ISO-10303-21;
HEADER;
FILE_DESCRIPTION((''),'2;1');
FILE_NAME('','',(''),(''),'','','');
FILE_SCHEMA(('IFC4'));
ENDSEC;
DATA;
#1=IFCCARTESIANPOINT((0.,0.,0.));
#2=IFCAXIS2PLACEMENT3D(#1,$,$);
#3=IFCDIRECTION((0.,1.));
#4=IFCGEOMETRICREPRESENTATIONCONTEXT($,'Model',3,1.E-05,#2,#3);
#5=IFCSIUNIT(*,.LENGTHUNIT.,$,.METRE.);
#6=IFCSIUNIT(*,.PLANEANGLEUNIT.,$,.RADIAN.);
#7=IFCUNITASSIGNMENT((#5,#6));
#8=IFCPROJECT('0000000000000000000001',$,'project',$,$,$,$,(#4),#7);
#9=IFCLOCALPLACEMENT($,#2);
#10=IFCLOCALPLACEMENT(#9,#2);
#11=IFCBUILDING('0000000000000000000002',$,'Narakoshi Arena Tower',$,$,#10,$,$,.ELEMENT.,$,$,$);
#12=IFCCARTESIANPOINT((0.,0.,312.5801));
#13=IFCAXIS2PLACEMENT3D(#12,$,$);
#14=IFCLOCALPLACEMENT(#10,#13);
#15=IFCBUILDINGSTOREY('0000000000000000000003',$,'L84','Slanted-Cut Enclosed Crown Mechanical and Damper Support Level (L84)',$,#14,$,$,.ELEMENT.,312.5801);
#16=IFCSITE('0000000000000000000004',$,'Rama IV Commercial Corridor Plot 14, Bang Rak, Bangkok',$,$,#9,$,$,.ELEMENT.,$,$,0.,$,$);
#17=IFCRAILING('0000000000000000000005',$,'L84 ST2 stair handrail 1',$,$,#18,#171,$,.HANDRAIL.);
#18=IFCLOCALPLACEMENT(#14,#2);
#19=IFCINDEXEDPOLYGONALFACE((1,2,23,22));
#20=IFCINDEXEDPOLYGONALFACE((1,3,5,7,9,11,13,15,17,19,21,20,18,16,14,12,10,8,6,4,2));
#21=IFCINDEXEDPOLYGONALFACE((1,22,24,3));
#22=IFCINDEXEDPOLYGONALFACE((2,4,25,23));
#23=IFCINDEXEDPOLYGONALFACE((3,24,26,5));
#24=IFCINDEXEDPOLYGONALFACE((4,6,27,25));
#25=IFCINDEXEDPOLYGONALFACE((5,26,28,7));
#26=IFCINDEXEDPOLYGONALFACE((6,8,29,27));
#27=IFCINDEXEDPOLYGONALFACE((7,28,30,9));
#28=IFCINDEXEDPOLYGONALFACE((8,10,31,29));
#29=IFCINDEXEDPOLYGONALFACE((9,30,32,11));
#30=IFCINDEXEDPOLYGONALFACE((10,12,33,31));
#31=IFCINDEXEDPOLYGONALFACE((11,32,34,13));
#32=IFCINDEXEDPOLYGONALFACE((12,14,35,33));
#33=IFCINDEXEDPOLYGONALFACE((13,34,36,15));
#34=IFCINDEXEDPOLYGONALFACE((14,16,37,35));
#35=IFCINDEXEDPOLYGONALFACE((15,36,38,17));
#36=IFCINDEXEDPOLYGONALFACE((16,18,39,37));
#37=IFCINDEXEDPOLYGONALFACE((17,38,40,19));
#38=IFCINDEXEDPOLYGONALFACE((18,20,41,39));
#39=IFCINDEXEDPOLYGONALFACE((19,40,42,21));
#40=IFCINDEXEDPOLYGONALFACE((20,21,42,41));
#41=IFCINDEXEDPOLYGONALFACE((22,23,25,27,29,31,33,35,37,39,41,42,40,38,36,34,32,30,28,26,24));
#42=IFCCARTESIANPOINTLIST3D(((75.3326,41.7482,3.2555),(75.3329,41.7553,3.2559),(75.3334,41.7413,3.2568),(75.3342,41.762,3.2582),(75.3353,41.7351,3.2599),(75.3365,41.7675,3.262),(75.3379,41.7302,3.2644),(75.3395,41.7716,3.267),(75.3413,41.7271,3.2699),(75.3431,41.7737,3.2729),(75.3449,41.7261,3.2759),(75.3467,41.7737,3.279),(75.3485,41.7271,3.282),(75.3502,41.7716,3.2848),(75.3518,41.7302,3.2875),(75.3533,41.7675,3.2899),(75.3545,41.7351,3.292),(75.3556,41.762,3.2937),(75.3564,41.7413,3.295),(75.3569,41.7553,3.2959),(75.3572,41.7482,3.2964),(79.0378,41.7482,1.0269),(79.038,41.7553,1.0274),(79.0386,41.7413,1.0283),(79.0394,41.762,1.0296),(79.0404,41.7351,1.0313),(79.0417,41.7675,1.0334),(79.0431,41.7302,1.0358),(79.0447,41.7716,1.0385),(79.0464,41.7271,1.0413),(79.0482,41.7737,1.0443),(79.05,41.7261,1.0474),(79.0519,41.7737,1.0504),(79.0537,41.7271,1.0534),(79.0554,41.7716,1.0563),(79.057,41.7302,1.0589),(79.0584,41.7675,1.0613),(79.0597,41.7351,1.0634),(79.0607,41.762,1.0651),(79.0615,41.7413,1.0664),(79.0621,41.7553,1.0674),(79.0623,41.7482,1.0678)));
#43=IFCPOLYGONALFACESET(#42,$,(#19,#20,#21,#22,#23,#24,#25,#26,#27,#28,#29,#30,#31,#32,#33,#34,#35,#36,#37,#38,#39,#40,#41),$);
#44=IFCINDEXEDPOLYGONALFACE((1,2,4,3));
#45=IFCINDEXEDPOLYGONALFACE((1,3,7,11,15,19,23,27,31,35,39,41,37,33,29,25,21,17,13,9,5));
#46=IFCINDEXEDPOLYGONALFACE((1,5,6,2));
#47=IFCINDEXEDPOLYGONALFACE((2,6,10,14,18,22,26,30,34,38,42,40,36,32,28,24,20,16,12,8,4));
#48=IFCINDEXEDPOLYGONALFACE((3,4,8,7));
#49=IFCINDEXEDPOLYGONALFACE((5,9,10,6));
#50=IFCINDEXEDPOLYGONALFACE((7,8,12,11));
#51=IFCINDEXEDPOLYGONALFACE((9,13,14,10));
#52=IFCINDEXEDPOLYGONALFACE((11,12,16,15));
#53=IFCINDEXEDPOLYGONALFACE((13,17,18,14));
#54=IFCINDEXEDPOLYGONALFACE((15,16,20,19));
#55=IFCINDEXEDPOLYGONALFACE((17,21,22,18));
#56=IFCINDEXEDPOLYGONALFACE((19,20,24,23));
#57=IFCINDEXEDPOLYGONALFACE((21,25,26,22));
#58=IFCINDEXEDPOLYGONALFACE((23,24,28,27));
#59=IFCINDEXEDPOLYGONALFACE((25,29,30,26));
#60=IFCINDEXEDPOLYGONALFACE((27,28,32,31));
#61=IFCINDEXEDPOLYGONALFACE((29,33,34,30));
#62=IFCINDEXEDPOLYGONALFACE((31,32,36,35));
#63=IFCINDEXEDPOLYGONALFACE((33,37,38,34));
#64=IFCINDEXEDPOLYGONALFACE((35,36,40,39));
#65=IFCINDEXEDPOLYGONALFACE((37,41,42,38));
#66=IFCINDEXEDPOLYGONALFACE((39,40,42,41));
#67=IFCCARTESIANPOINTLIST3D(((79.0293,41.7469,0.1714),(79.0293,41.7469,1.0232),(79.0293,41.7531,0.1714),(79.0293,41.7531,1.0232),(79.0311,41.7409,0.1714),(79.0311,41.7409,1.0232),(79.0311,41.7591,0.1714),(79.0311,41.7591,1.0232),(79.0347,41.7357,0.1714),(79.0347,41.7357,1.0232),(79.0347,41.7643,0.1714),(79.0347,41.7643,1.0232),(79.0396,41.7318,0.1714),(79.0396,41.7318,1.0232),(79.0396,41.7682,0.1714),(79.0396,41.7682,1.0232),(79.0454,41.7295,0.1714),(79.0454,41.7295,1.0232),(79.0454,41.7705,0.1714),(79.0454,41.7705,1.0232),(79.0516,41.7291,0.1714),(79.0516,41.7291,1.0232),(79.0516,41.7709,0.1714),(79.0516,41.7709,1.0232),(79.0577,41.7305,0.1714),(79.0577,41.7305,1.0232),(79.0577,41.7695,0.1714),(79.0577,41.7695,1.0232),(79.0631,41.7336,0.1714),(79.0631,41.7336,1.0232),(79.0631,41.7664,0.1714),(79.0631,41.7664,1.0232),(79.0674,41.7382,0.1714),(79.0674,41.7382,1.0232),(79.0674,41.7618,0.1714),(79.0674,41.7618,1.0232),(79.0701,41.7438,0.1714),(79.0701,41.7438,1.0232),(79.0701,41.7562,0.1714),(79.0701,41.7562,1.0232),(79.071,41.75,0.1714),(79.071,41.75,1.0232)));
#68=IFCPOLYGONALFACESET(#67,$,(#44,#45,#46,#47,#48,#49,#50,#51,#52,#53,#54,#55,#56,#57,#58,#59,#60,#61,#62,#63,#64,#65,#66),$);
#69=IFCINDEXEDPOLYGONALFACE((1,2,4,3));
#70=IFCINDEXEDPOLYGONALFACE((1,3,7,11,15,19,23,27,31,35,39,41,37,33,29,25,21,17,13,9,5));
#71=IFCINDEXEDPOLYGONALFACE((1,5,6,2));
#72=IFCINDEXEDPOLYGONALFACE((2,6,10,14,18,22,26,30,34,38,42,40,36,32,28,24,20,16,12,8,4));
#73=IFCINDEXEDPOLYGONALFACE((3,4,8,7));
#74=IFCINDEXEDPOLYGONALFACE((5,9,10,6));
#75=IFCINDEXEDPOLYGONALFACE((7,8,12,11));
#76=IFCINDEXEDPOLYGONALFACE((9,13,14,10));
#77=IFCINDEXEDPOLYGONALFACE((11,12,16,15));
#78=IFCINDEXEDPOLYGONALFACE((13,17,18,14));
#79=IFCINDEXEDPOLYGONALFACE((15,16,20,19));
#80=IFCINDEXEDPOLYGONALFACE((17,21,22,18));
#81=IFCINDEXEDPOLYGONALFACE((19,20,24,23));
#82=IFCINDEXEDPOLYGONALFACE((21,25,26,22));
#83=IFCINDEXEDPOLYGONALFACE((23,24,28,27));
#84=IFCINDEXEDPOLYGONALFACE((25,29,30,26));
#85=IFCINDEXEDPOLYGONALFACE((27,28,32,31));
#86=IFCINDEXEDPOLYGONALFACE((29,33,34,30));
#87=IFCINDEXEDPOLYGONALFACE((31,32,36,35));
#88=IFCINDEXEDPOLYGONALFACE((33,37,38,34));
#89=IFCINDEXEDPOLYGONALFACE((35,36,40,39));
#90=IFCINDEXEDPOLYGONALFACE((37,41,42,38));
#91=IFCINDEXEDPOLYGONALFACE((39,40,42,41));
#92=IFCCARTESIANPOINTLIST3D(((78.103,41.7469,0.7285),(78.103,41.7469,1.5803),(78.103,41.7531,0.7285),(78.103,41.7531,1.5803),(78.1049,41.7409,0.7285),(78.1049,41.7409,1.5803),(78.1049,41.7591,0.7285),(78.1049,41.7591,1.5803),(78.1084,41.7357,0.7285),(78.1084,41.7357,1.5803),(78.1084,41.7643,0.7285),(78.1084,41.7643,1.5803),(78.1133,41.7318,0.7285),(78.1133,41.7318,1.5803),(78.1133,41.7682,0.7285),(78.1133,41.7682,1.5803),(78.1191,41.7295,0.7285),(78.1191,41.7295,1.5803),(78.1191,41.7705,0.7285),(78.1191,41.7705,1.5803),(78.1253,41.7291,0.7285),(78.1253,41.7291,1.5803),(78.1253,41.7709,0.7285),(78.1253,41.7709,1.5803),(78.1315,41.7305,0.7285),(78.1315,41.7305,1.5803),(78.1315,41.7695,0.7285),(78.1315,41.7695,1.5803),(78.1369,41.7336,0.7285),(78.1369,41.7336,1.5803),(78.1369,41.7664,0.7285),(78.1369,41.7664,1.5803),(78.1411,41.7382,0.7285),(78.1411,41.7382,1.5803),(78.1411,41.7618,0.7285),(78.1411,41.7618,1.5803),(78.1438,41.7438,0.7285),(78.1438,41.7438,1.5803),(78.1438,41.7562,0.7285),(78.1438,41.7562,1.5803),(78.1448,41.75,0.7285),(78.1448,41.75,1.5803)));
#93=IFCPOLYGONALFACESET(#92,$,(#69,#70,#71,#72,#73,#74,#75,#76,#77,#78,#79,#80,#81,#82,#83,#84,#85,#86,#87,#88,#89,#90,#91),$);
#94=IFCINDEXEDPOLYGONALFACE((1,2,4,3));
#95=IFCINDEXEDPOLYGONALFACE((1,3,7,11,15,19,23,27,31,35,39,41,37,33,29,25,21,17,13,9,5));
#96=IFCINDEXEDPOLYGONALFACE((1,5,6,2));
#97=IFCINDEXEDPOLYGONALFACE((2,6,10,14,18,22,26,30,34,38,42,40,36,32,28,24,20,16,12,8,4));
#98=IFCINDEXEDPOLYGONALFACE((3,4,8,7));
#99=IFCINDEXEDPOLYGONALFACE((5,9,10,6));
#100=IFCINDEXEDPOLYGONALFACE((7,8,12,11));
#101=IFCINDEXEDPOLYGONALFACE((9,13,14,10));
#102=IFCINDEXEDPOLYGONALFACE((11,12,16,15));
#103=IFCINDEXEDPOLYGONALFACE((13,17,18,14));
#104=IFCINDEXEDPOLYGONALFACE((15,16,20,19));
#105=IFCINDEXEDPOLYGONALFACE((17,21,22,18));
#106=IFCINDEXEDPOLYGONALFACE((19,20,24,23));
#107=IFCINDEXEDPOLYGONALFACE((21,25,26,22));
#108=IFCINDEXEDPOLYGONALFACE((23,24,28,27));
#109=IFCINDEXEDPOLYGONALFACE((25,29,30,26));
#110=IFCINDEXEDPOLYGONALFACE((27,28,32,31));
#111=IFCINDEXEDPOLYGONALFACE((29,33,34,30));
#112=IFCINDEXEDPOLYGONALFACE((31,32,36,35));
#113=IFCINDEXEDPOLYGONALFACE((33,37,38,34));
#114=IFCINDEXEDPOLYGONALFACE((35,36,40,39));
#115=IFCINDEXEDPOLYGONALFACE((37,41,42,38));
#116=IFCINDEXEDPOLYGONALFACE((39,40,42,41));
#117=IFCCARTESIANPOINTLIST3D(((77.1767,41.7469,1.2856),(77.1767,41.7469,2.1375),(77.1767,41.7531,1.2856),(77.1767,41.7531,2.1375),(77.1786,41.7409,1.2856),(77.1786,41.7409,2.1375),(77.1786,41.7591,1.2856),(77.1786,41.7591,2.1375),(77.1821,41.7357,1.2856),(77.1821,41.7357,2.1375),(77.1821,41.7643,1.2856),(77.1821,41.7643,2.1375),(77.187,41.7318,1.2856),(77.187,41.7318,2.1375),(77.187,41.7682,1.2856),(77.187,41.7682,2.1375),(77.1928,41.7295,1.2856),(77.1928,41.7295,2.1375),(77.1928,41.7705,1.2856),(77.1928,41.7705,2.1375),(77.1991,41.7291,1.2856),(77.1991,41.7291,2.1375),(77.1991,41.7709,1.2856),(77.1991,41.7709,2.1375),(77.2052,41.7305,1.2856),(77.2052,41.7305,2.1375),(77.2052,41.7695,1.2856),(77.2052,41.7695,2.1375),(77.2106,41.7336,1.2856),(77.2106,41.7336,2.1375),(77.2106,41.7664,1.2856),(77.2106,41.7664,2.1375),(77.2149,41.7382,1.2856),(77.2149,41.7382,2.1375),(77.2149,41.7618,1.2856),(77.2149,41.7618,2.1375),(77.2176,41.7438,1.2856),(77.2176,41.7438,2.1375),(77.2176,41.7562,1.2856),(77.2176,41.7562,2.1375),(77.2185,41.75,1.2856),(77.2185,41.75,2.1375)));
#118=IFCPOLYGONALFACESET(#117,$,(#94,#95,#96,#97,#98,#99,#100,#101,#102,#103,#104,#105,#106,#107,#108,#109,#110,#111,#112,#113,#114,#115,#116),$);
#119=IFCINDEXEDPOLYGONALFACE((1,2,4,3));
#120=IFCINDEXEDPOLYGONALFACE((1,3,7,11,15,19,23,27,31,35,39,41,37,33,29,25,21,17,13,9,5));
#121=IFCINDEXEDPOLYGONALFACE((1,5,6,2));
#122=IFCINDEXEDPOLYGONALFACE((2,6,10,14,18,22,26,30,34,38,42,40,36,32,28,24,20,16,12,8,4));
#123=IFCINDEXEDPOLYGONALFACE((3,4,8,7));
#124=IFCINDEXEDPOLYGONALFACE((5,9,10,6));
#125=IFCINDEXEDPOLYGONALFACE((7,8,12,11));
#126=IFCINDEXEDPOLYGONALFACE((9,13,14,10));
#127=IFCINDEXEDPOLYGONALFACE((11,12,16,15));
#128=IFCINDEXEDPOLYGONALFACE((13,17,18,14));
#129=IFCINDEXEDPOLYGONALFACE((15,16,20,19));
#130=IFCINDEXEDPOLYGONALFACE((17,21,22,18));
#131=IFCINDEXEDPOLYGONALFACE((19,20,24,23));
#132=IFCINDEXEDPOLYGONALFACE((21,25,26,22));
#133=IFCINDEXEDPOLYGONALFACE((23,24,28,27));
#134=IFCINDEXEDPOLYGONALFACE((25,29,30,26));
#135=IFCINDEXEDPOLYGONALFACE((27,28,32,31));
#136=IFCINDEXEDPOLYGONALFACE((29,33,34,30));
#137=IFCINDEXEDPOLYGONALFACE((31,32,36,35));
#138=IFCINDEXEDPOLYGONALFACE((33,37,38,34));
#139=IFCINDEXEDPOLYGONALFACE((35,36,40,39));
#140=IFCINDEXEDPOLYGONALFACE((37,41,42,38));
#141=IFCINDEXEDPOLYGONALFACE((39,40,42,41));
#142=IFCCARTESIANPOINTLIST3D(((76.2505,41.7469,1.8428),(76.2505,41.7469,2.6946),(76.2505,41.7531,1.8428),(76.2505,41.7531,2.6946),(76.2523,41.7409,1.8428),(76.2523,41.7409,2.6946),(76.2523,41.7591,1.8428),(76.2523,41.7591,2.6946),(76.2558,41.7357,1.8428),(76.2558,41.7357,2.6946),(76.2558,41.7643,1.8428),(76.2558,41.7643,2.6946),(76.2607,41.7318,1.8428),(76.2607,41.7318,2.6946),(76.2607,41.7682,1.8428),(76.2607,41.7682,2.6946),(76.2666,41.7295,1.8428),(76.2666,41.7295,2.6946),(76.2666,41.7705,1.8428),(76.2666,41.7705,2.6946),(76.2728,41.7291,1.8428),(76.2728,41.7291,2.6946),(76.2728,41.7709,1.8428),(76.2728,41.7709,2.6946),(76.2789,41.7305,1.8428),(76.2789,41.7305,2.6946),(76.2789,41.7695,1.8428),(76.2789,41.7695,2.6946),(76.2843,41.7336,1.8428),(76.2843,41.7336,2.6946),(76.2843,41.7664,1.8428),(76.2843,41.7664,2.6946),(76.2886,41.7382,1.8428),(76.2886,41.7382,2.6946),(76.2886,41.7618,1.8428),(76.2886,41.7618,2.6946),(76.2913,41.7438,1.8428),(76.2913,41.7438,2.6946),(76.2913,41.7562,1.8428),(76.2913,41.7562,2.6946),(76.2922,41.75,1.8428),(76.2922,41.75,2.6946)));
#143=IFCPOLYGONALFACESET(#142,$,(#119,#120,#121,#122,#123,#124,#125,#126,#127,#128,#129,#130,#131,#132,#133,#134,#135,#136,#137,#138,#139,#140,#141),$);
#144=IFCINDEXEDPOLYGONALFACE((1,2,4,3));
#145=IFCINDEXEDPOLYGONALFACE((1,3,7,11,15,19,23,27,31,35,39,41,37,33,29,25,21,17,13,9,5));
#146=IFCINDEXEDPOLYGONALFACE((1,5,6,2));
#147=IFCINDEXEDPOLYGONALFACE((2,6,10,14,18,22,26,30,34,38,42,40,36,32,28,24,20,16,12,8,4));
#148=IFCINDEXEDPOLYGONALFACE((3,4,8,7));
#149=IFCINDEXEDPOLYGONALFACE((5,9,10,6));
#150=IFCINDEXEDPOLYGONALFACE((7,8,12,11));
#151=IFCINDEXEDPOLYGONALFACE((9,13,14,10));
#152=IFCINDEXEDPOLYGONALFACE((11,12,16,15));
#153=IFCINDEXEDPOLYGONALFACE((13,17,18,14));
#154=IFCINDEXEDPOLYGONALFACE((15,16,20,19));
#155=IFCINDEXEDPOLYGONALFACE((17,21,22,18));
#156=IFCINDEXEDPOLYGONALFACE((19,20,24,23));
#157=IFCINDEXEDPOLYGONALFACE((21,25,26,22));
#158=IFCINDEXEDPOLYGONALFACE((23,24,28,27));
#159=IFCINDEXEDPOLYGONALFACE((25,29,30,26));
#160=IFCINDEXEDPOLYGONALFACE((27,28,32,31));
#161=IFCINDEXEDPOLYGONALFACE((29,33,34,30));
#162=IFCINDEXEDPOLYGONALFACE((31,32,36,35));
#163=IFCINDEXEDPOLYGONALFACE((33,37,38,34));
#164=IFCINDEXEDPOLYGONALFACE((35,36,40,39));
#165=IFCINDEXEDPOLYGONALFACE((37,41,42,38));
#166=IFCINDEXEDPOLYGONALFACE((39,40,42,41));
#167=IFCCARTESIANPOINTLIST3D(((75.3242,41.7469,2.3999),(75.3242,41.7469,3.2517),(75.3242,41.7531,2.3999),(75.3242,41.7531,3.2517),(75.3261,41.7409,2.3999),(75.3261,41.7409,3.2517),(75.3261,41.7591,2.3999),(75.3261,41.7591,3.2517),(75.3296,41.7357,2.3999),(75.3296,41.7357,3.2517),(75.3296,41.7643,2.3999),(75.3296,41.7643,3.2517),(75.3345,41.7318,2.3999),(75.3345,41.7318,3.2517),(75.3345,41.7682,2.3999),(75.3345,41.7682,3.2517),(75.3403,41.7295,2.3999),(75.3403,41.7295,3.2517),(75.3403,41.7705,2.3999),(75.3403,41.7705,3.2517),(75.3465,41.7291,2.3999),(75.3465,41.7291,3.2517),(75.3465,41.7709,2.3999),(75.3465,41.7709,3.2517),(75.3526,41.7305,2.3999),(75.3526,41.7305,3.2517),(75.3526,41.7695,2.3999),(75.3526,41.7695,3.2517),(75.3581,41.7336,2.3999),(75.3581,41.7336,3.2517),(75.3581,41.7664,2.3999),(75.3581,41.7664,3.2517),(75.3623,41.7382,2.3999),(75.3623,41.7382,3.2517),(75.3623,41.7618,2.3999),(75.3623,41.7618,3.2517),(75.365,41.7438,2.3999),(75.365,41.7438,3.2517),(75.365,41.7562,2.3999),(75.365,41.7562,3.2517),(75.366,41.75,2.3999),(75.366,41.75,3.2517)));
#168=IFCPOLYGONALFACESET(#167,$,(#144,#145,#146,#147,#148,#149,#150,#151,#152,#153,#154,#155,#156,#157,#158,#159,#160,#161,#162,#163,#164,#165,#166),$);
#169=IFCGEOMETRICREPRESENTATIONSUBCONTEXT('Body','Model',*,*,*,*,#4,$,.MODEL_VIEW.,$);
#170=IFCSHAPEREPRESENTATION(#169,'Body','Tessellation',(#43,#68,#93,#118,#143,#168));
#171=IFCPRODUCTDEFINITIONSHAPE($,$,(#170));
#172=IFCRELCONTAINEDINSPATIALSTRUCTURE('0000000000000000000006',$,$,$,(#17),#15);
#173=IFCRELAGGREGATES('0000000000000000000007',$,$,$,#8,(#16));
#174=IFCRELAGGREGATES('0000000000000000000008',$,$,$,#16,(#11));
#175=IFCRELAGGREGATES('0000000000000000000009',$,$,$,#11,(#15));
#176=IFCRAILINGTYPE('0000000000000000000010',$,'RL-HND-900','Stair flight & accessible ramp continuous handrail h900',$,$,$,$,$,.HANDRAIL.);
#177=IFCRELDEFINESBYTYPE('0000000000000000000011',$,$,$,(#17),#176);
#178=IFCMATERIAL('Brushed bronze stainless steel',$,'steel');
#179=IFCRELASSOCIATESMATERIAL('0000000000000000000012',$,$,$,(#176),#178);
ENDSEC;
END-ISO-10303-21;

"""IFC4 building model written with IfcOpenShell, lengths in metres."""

from ifc_helpers import new_model, si_unit, direction, frame, origin, origin_2d, place, context, subcontext, project, spatial, circle, extrude, material, type_object, element, save


model = new_model("IFC4")

# Units and contexts
model_context = context("Model", 3, precision=1e-05, world=origin(), true_north=direction((0.0, 1.0)))
body_context = subcontext(model_context, "Body", "Model", "MODEL_VIEW")
ifc_project = project(units=[si_unit("LENGTHUNIT", "METRE"), si_unit("PLANEANGLEUNIT", "RADIAN")], contexts=[model_context])

# Site, building, storey
site_placement = place(None, origin())
site = spatial("IfcSite", under=ifc_project, at=site_placement, Name="Rama IV Commercial Corridor Plot 14, Bang Rak, Bangkok", CompositionType="ELEMENT", RefElevation=0.0)
building_placement = place(site_placement, origin())
building = spatial("IfcBuilding", under=site, at=building_placement, Name="Narakoshi Arena Tower", CompositionType="ELEMENT")
storey_placement = place(building_placement, frame((0.0, 0.0, 312.5801)))
storey = spatial("IfcBuildingStorey", under=building, at=storey_placement, Name="L84", Description="Slanted-Cut Enclosed Crown Mechanical and Damper Support Level (L84)", CompositionType="ELEMENT", Elevation=312.5801)

# Railing
ifc_material_1 = material(Name="Brushed bronze stainless steel", Category="steel")
railing_type = type_object("IfcRailingType", Name="RL-HND-900", Description="Stair flight & accessible ramp continuous handrail h900", PredefinedType="HANDRAIL", material=ifc_material_1)
railing_placement = place(storey_placement, frame((79.05, 41.75, 0.1714)))
element("IfcRailing", 1, at=railing_placement, inside=storey, type_object=railing_type, Name="L84 ST2 stair handrail 1", PredefinedType="HANDRAIL", context=body_context, shape_type="SweptSolid", body=[
    extrude(circle(Radius=0.0239, at=origin_2d()), frame((0.0, 0.0, 0.876), z_axis=(-0.856934, 0.0, 0.515425), x_axis=(0.0, -1.0, 0.0)), (0.0, 0.0, 1.0), 4.3237),
    extrude(circle(Radius=0.021, at=origin_2d()), origin(), (0.0, 0.0, 1.0), 0.8518),
    extrude(circle(Radius=0.021, at=origin_2d()), frame((-0.9263, 0.0, 0.5571)), (0.0, 0.0, 1.0), 0.8518),
    extrude(circle(Radius=0.021, at=origin_2d()), frame((-1.8525, 0.0, 1.1143)), (0.0, 0.0, 1.0), 0.8518),
    extrude(circle(Radius=0.021, at=origin_2d()), frame((-2.7788, 0.0, 1.6714)), (0.0, 0.0, 1.0), 0.8518),
    extrude(circle(Radius=0.021, at=origin_2d()), frame((-3.7051, 0.0, 2.2285)), (0.0, 0.0, 1.0), 0.8518),
])

save(model, "model.ifc")
